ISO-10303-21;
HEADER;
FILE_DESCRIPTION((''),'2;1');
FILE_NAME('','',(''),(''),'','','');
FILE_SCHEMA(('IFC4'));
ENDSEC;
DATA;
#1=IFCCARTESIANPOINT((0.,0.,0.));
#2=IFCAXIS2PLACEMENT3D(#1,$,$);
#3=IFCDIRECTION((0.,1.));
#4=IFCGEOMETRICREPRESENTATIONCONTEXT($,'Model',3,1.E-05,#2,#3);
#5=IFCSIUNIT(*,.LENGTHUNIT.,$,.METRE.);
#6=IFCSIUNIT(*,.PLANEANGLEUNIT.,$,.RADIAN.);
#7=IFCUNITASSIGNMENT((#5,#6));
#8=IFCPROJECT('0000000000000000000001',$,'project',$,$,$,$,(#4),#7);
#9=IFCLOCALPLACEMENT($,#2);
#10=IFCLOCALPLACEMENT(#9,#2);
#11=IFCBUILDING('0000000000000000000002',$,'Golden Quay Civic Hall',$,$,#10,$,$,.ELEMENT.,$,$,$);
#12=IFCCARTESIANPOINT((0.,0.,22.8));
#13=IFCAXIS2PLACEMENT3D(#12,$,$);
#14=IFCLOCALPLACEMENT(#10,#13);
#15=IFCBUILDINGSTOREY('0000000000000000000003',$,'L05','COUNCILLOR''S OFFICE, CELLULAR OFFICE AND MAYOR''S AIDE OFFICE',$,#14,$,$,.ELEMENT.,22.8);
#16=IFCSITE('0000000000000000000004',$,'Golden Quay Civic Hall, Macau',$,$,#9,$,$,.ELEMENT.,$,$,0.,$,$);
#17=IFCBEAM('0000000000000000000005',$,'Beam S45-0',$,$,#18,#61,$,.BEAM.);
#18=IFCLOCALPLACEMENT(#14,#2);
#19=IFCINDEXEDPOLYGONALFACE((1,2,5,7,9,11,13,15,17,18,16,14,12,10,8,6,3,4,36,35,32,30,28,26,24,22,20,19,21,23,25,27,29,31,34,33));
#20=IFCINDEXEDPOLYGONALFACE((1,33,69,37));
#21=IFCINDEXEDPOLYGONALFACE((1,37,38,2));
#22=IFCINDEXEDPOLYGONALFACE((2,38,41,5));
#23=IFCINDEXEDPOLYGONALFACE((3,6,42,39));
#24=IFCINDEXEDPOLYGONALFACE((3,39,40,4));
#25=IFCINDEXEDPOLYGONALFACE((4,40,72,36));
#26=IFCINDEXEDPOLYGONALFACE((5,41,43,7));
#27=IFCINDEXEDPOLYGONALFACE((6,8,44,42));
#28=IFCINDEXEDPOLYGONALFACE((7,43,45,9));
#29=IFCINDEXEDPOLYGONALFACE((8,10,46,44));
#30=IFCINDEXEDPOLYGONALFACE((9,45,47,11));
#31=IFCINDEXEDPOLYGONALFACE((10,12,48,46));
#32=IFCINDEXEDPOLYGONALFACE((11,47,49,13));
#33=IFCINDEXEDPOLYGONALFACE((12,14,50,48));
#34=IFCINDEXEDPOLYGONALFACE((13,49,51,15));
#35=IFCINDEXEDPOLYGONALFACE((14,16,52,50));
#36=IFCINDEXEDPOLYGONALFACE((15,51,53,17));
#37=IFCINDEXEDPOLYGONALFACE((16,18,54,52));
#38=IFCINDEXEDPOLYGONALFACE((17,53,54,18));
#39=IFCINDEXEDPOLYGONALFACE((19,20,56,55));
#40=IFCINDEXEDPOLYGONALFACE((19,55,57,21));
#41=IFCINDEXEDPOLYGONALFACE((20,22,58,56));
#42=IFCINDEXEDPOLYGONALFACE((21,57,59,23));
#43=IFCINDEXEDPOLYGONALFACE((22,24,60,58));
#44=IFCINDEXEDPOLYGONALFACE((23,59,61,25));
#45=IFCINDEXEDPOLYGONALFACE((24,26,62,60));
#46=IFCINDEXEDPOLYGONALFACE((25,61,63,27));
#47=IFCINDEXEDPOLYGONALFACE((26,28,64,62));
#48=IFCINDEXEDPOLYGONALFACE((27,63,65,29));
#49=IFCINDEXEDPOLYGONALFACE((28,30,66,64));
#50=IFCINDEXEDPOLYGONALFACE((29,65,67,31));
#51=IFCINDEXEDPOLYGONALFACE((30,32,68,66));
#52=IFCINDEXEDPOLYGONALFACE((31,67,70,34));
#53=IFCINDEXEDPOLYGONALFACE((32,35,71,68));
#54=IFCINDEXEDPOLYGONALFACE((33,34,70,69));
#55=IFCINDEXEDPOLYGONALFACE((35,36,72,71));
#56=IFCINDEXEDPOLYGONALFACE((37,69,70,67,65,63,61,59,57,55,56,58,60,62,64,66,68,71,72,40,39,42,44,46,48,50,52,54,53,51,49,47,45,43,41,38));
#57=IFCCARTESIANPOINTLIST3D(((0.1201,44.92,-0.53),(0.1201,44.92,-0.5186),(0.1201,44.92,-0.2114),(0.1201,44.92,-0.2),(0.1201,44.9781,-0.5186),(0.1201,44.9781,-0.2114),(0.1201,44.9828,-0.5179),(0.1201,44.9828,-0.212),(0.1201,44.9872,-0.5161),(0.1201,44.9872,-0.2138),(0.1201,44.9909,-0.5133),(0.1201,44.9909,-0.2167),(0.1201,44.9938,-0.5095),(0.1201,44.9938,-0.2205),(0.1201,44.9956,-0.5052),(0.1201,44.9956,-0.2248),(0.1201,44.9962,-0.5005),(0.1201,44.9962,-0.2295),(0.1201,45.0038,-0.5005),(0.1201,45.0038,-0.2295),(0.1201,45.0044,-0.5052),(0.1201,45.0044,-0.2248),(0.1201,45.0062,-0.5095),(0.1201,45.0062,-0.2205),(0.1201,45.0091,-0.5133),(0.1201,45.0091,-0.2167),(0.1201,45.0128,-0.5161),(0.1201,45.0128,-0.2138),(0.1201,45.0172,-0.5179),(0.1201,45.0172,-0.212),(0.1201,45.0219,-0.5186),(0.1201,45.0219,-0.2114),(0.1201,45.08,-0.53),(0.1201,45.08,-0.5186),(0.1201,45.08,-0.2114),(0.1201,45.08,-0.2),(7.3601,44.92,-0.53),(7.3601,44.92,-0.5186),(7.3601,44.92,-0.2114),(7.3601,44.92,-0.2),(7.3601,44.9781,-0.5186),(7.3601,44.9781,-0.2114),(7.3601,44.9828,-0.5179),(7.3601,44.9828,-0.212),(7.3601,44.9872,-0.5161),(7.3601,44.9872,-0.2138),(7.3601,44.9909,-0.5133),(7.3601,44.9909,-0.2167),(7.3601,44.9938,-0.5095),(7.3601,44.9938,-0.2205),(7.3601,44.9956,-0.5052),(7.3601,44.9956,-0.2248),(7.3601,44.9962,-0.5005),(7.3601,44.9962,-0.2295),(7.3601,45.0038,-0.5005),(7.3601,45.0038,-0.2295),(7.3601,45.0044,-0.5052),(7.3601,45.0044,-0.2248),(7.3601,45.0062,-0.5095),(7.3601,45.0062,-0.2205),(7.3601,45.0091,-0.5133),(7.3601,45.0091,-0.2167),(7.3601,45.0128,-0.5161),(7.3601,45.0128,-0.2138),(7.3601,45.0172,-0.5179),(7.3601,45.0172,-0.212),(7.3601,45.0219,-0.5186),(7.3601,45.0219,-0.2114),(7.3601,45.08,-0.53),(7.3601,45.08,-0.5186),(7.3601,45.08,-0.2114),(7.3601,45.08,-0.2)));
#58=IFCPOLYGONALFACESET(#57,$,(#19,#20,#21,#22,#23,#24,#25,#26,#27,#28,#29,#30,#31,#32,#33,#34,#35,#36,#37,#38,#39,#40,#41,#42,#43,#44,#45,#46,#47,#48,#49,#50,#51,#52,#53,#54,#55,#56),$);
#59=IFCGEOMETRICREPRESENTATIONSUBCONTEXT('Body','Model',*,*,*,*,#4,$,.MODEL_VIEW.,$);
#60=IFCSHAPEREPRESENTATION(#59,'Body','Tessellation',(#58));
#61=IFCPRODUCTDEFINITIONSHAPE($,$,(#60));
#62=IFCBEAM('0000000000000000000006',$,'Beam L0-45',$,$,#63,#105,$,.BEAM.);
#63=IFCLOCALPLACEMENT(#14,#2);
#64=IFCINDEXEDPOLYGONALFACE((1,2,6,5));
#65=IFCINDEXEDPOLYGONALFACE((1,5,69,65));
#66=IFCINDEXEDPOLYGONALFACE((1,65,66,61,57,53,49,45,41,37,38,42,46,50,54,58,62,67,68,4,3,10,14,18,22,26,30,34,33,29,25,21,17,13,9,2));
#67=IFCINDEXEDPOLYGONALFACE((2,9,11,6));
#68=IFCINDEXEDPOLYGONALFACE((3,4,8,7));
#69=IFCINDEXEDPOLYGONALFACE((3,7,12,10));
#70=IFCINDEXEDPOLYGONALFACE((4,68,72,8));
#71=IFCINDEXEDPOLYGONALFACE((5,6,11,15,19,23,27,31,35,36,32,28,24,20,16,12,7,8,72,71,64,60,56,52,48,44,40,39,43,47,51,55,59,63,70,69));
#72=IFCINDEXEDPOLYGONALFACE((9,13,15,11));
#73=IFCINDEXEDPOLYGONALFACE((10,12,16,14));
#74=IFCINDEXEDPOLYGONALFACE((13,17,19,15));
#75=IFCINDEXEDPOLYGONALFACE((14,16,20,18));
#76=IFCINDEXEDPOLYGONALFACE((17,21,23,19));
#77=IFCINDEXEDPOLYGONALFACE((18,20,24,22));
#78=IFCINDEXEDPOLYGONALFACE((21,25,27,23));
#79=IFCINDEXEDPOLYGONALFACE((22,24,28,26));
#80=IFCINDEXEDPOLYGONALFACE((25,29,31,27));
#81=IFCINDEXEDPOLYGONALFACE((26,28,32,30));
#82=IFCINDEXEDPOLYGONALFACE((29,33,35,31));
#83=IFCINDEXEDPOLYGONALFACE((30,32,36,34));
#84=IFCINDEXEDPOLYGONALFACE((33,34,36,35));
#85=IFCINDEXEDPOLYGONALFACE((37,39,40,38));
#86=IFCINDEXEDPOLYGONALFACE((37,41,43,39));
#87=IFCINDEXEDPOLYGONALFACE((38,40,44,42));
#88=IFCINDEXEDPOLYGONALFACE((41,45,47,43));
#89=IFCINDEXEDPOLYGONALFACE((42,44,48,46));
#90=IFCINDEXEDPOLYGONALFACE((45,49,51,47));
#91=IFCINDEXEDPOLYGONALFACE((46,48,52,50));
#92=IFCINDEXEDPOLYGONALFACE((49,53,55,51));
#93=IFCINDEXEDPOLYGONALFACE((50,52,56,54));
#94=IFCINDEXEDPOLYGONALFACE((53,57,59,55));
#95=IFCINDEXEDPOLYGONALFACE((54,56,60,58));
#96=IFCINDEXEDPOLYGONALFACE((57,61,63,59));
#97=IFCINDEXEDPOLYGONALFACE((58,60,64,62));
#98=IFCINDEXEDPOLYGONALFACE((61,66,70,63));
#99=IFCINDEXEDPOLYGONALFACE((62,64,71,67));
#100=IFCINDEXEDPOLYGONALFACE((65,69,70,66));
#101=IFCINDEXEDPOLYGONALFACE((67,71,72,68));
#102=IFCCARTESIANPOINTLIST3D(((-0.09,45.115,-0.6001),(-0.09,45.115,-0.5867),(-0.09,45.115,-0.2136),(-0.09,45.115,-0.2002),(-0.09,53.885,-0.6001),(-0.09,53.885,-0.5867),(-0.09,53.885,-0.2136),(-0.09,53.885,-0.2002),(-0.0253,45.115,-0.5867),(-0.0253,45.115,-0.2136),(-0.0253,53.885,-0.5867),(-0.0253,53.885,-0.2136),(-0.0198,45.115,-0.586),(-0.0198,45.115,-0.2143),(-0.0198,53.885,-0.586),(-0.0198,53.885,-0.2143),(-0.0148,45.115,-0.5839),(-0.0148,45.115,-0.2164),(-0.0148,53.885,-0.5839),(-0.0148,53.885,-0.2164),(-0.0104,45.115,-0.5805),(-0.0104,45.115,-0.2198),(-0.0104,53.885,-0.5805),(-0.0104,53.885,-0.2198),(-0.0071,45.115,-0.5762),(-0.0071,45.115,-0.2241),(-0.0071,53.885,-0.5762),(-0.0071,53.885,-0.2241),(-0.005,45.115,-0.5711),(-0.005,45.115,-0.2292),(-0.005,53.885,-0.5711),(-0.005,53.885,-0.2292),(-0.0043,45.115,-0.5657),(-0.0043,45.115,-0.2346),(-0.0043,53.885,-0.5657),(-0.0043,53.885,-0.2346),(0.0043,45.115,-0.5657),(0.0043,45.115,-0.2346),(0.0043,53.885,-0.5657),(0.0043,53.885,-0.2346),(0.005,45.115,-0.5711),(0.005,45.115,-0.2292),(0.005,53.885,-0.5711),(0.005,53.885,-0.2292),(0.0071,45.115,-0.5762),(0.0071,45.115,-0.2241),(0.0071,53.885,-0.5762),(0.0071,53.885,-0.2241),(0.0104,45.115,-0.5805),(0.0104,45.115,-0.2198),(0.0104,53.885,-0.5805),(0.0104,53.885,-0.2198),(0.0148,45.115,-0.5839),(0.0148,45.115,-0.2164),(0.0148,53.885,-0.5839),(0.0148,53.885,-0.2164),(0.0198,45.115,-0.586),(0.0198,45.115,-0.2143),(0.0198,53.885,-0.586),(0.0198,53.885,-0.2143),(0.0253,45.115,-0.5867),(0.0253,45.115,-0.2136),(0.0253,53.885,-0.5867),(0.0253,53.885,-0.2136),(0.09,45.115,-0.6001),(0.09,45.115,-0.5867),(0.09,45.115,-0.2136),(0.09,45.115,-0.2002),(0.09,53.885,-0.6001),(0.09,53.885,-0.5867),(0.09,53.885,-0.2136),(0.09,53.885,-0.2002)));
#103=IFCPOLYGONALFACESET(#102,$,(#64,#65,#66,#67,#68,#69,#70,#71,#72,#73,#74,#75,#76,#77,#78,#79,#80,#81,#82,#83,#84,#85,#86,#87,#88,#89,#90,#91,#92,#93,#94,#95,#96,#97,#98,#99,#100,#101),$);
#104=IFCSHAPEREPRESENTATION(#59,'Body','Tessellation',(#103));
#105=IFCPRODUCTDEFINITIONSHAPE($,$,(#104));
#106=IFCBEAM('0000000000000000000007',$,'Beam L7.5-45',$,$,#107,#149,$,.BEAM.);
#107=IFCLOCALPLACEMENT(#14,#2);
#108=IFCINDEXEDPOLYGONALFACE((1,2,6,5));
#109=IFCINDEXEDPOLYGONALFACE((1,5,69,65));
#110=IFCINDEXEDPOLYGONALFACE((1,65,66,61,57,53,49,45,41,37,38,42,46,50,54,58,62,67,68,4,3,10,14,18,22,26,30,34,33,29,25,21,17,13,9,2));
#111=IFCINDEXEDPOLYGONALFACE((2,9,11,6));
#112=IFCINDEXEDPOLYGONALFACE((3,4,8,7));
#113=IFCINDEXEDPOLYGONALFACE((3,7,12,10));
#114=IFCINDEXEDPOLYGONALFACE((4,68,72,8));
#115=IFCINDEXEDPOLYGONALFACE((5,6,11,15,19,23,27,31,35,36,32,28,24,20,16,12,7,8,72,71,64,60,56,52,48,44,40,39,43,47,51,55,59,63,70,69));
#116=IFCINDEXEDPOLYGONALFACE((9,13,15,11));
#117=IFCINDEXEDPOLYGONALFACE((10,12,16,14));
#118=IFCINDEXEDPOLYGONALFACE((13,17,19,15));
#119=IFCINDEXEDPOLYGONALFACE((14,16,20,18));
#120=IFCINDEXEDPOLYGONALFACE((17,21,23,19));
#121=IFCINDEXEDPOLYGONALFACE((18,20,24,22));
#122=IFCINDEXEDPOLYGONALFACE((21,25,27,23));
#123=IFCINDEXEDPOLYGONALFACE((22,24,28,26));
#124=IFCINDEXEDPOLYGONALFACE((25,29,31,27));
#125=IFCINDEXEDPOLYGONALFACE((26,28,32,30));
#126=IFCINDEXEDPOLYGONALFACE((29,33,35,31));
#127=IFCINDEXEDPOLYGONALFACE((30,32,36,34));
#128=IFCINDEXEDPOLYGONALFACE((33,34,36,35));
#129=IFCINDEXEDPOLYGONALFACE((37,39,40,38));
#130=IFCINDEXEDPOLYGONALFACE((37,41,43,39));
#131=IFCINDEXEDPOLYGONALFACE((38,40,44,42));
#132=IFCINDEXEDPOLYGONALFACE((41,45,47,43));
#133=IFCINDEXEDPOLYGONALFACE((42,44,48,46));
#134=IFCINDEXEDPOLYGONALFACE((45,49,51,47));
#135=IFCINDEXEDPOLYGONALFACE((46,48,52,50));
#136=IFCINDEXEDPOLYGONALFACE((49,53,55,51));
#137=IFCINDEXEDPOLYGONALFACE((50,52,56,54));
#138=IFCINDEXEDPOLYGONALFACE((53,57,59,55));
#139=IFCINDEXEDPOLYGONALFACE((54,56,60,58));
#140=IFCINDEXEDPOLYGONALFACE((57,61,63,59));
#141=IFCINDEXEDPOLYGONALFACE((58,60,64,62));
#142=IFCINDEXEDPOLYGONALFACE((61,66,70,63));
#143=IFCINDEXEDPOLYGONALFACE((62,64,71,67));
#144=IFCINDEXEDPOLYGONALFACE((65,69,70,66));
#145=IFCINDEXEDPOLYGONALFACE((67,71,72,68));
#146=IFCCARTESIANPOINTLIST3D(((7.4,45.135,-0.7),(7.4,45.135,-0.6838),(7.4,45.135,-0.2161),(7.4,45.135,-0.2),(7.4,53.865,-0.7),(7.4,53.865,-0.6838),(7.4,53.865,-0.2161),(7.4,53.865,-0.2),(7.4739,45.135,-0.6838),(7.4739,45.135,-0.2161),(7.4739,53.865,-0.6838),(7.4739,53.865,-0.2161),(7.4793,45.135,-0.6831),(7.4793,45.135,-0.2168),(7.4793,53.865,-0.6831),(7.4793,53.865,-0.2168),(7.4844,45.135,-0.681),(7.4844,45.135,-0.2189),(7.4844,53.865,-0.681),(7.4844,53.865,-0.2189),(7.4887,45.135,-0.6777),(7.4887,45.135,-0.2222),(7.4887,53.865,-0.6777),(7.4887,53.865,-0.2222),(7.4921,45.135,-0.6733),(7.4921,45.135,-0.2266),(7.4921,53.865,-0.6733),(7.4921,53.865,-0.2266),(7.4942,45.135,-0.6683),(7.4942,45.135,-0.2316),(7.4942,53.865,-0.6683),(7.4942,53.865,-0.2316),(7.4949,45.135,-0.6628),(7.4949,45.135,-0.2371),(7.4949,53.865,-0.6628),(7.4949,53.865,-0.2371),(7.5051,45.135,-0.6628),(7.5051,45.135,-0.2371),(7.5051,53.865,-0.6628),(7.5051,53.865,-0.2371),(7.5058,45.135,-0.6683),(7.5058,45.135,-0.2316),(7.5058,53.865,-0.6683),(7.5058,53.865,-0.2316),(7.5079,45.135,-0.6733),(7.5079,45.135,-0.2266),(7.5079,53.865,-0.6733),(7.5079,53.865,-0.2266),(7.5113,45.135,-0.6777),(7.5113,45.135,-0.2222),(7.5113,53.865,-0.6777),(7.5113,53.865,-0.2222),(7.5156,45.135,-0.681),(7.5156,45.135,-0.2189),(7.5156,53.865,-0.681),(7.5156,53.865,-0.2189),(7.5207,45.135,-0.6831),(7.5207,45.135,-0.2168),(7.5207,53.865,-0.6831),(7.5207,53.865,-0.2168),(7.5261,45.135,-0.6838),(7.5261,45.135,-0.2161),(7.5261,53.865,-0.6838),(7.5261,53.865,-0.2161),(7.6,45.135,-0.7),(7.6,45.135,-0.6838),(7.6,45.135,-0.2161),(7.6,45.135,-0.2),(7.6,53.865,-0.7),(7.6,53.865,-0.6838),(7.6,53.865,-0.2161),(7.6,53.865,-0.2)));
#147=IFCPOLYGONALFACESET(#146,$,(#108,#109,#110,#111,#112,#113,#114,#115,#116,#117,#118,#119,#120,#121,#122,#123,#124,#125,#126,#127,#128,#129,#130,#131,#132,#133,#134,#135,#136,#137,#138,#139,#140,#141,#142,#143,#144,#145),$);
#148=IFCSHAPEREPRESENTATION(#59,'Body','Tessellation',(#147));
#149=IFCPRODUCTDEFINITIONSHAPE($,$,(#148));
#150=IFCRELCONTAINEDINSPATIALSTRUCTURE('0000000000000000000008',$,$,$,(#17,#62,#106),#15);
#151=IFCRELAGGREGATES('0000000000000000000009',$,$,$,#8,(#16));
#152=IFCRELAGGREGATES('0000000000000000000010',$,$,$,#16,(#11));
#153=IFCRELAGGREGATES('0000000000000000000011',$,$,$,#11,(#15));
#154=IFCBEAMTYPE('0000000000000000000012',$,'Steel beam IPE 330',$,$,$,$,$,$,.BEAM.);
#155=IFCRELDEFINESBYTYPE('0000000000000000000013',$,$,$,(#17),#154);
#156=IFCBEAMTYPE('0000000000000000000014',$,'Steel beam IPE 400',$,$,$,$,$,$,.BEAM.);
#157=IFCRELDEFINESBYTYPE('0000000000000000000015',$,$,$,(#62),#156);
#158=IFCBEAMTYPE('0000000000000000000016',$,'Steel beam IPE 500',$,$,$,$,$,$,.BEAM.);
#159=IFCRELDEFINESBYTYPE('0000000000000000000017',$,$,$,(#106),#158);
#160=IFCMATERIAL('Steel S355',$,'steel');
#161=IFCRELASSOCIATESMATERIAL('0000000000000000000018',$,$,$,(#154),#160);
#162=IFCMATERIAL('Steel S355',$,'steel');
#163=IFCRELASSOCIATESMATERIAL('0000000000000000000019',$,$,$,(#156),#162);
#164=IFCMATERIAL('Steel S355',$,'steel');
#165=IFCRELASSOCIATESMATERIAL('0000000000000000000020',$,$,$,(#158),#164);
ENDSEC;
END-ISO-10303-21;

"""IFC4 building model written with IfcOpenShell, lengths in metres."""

from ifc_helpers import new_model, si_unit, direction, frame, origin, origin_2d, place, context, subcontext, project, spatial, i_section, extrude, material, material_profile, profile_set, type_object, element, save


model = new_model("IFC4")

# Units and contexts
model_context = context("Model", 3, precision=1e-05, world=origin(), true_north=direction((0.0, 1.0)))
body_context = subcontext(model_context, "Body", "Model", "MODEL_VIEW")
ifc_project = project(units=[si_unit("LENGTHUNIT", "METRE"), si_unit("PLANEANGLEUNIT", "RADIAN")], contexts=[model_context])

# Site, building, storey
site_placement = place(None, origin())
site = spatial("IfcSite", under=ifc_project, at=site_placement, Name="Golden Quay Civic Hall, Macau", CompositionType="ELEMENT", RefElevation=0.0)
building_placement = place(site_placement, origin())
building = spatial("IfcBuilding", under=site, at=building_placement, Name="Golden Quay Civic Hall", CompositionType="ELEMENT")
storey_placement = place(building_placement, frame((0.0, 0.0, 22.8)))
storey = spatial("IfcBuildingStorey", under=building, at=storey_placement, Name="L05", Description="COUNCILLOR'S OFFICE, CELLULAR OFFICE AND MAYOR'S AIDE OFFICE", CompositionType="ELEMENT", Elevation=22.8)

# Beams
ifc_material_1 = material(Name="Steel S355", Category="steel")
ifc_material_profile_1 = material_profile(ifc_material_1, i_section(OverallWidth=0.1599, OverallDepth=0.3301, WebThickness=0.0076, FlangeThickness=0.0115, FilletRadius=0.0181, at=origin_2d()), Name="IPE 330")
ifc_profile_set_1 = profile_set([ifc_material_profile_1], Name="Steel S355")
beam_type_1 = type_object("IfcBeamType", Name="Steel beam IPE 330", PredefinedType="BEAM", material=ifc_profile_set_1)
beam_1_placement = place(storey_placement, frame((0.1201, 45.0, -0.365), z_axis=(1.0, 0.0, 0.0), x_axis=(0.0, 1.0, 0.0)))
element("IfcBeam", 1, at=beam_1_placement, inside=storey, type_object=beam_type_1, Name="Beam S45-0", PredefinedType="BEAM", context=body_context, shape_type="SweptSolid", body=[
    extrude(i_section(OverallWidth=0.1599, OverallDepth=0.3301, WebThickness=0.0076, FlangeThickness=0.0115, FilletRadius=0.0181, at=origin_2d()), origin(), (0.0, 0.0, 1.0), 7.24),
])
ifc_material_2 = material(Name="Steel S355", Category="steel")
ifc_material_profile_2 = material_profile(ifc_material_2, i_section(OverallWidth=0.1799, OverallDepth=0.3999, WebThickness=0.0085, FlangeThickness=0.0134, FilletRadius=0.021, at=origin_2d()), Name="IPE 400")
ifc_profile_set_2 = profile_set([ifc_material_profile_2], Name="Steel S355")
beam_type_2 = type_object("IfcBeamType", Name="Steel beam IPE 400", PredefinedType="BEAM", material=ifc_profile_set_2)
beam_2_placement = place(storey_placement, frame((0.0, 45.115, -0.4001), z_axis=(0.0, 1.0, 0.0), x_axis=(-1.0, 0.0, 0.0)))
element("IfcBeam", 2, at=beam_2_placement, inside=storey, type_object=beam_type_2, Name="Beam L0-45", PredefinedType="BEAM", context=body_context, shape_type="SweptSolid", body=[
    extrude(i_section(OverallWidth=0.1799, OverallDepth=0.3999, WebThickness=0.0085, FlangeThickness=0.0134, FilletRadius=0.021, at=origin_2d()), origin(), (0.0, 0.0, 1.0), 8.77),
])
ifc_material_3 = material(Name="Steel S355", Category="steel")
ifc_material_profile_3 = material_profile(ifc_material_3, i_section(OverallWidth=0.2, OverallDepth=0.5, WebThickness=0.0103, FlangeThickness=0.0161, FilletRadius=0.021, at=origin_2d()), Name="IPE 500")
ifc_profile_set_3 = profile_set([ifc_material_profile_3], Name="Steel S355")
beam_type_3 = type_object("IfcBeamType", Name="Steel beam IPE 500", PredefinedType="BEAM", material=ifc_profile_set_3)
beam_3_placement = place(storey_placement, frame((7.5, 45.135, -0.45), z_axis=(0.0, 1.0, 0.0), x_axis=(-1.0, 0.0, 0.0)))
element("IfcBeam", 3, at=beam_3_placement, inside=storey, type_object=beam_type_3, Name="Beam L7.5-45", PredefinedType="BEAM", context=body_context, shape_type="SweptSolid", body=[
    extrude(i_section(OverallWidth=0.2, OverallDepth=0.5, WebThickness=0.0103, FlangeThickness=0.0161, FilletRadius=0.021, at=origin_2d()), origin(), (0.0, 0.0, 1.0), 8.73),
])

save(model, "model.ifc")
